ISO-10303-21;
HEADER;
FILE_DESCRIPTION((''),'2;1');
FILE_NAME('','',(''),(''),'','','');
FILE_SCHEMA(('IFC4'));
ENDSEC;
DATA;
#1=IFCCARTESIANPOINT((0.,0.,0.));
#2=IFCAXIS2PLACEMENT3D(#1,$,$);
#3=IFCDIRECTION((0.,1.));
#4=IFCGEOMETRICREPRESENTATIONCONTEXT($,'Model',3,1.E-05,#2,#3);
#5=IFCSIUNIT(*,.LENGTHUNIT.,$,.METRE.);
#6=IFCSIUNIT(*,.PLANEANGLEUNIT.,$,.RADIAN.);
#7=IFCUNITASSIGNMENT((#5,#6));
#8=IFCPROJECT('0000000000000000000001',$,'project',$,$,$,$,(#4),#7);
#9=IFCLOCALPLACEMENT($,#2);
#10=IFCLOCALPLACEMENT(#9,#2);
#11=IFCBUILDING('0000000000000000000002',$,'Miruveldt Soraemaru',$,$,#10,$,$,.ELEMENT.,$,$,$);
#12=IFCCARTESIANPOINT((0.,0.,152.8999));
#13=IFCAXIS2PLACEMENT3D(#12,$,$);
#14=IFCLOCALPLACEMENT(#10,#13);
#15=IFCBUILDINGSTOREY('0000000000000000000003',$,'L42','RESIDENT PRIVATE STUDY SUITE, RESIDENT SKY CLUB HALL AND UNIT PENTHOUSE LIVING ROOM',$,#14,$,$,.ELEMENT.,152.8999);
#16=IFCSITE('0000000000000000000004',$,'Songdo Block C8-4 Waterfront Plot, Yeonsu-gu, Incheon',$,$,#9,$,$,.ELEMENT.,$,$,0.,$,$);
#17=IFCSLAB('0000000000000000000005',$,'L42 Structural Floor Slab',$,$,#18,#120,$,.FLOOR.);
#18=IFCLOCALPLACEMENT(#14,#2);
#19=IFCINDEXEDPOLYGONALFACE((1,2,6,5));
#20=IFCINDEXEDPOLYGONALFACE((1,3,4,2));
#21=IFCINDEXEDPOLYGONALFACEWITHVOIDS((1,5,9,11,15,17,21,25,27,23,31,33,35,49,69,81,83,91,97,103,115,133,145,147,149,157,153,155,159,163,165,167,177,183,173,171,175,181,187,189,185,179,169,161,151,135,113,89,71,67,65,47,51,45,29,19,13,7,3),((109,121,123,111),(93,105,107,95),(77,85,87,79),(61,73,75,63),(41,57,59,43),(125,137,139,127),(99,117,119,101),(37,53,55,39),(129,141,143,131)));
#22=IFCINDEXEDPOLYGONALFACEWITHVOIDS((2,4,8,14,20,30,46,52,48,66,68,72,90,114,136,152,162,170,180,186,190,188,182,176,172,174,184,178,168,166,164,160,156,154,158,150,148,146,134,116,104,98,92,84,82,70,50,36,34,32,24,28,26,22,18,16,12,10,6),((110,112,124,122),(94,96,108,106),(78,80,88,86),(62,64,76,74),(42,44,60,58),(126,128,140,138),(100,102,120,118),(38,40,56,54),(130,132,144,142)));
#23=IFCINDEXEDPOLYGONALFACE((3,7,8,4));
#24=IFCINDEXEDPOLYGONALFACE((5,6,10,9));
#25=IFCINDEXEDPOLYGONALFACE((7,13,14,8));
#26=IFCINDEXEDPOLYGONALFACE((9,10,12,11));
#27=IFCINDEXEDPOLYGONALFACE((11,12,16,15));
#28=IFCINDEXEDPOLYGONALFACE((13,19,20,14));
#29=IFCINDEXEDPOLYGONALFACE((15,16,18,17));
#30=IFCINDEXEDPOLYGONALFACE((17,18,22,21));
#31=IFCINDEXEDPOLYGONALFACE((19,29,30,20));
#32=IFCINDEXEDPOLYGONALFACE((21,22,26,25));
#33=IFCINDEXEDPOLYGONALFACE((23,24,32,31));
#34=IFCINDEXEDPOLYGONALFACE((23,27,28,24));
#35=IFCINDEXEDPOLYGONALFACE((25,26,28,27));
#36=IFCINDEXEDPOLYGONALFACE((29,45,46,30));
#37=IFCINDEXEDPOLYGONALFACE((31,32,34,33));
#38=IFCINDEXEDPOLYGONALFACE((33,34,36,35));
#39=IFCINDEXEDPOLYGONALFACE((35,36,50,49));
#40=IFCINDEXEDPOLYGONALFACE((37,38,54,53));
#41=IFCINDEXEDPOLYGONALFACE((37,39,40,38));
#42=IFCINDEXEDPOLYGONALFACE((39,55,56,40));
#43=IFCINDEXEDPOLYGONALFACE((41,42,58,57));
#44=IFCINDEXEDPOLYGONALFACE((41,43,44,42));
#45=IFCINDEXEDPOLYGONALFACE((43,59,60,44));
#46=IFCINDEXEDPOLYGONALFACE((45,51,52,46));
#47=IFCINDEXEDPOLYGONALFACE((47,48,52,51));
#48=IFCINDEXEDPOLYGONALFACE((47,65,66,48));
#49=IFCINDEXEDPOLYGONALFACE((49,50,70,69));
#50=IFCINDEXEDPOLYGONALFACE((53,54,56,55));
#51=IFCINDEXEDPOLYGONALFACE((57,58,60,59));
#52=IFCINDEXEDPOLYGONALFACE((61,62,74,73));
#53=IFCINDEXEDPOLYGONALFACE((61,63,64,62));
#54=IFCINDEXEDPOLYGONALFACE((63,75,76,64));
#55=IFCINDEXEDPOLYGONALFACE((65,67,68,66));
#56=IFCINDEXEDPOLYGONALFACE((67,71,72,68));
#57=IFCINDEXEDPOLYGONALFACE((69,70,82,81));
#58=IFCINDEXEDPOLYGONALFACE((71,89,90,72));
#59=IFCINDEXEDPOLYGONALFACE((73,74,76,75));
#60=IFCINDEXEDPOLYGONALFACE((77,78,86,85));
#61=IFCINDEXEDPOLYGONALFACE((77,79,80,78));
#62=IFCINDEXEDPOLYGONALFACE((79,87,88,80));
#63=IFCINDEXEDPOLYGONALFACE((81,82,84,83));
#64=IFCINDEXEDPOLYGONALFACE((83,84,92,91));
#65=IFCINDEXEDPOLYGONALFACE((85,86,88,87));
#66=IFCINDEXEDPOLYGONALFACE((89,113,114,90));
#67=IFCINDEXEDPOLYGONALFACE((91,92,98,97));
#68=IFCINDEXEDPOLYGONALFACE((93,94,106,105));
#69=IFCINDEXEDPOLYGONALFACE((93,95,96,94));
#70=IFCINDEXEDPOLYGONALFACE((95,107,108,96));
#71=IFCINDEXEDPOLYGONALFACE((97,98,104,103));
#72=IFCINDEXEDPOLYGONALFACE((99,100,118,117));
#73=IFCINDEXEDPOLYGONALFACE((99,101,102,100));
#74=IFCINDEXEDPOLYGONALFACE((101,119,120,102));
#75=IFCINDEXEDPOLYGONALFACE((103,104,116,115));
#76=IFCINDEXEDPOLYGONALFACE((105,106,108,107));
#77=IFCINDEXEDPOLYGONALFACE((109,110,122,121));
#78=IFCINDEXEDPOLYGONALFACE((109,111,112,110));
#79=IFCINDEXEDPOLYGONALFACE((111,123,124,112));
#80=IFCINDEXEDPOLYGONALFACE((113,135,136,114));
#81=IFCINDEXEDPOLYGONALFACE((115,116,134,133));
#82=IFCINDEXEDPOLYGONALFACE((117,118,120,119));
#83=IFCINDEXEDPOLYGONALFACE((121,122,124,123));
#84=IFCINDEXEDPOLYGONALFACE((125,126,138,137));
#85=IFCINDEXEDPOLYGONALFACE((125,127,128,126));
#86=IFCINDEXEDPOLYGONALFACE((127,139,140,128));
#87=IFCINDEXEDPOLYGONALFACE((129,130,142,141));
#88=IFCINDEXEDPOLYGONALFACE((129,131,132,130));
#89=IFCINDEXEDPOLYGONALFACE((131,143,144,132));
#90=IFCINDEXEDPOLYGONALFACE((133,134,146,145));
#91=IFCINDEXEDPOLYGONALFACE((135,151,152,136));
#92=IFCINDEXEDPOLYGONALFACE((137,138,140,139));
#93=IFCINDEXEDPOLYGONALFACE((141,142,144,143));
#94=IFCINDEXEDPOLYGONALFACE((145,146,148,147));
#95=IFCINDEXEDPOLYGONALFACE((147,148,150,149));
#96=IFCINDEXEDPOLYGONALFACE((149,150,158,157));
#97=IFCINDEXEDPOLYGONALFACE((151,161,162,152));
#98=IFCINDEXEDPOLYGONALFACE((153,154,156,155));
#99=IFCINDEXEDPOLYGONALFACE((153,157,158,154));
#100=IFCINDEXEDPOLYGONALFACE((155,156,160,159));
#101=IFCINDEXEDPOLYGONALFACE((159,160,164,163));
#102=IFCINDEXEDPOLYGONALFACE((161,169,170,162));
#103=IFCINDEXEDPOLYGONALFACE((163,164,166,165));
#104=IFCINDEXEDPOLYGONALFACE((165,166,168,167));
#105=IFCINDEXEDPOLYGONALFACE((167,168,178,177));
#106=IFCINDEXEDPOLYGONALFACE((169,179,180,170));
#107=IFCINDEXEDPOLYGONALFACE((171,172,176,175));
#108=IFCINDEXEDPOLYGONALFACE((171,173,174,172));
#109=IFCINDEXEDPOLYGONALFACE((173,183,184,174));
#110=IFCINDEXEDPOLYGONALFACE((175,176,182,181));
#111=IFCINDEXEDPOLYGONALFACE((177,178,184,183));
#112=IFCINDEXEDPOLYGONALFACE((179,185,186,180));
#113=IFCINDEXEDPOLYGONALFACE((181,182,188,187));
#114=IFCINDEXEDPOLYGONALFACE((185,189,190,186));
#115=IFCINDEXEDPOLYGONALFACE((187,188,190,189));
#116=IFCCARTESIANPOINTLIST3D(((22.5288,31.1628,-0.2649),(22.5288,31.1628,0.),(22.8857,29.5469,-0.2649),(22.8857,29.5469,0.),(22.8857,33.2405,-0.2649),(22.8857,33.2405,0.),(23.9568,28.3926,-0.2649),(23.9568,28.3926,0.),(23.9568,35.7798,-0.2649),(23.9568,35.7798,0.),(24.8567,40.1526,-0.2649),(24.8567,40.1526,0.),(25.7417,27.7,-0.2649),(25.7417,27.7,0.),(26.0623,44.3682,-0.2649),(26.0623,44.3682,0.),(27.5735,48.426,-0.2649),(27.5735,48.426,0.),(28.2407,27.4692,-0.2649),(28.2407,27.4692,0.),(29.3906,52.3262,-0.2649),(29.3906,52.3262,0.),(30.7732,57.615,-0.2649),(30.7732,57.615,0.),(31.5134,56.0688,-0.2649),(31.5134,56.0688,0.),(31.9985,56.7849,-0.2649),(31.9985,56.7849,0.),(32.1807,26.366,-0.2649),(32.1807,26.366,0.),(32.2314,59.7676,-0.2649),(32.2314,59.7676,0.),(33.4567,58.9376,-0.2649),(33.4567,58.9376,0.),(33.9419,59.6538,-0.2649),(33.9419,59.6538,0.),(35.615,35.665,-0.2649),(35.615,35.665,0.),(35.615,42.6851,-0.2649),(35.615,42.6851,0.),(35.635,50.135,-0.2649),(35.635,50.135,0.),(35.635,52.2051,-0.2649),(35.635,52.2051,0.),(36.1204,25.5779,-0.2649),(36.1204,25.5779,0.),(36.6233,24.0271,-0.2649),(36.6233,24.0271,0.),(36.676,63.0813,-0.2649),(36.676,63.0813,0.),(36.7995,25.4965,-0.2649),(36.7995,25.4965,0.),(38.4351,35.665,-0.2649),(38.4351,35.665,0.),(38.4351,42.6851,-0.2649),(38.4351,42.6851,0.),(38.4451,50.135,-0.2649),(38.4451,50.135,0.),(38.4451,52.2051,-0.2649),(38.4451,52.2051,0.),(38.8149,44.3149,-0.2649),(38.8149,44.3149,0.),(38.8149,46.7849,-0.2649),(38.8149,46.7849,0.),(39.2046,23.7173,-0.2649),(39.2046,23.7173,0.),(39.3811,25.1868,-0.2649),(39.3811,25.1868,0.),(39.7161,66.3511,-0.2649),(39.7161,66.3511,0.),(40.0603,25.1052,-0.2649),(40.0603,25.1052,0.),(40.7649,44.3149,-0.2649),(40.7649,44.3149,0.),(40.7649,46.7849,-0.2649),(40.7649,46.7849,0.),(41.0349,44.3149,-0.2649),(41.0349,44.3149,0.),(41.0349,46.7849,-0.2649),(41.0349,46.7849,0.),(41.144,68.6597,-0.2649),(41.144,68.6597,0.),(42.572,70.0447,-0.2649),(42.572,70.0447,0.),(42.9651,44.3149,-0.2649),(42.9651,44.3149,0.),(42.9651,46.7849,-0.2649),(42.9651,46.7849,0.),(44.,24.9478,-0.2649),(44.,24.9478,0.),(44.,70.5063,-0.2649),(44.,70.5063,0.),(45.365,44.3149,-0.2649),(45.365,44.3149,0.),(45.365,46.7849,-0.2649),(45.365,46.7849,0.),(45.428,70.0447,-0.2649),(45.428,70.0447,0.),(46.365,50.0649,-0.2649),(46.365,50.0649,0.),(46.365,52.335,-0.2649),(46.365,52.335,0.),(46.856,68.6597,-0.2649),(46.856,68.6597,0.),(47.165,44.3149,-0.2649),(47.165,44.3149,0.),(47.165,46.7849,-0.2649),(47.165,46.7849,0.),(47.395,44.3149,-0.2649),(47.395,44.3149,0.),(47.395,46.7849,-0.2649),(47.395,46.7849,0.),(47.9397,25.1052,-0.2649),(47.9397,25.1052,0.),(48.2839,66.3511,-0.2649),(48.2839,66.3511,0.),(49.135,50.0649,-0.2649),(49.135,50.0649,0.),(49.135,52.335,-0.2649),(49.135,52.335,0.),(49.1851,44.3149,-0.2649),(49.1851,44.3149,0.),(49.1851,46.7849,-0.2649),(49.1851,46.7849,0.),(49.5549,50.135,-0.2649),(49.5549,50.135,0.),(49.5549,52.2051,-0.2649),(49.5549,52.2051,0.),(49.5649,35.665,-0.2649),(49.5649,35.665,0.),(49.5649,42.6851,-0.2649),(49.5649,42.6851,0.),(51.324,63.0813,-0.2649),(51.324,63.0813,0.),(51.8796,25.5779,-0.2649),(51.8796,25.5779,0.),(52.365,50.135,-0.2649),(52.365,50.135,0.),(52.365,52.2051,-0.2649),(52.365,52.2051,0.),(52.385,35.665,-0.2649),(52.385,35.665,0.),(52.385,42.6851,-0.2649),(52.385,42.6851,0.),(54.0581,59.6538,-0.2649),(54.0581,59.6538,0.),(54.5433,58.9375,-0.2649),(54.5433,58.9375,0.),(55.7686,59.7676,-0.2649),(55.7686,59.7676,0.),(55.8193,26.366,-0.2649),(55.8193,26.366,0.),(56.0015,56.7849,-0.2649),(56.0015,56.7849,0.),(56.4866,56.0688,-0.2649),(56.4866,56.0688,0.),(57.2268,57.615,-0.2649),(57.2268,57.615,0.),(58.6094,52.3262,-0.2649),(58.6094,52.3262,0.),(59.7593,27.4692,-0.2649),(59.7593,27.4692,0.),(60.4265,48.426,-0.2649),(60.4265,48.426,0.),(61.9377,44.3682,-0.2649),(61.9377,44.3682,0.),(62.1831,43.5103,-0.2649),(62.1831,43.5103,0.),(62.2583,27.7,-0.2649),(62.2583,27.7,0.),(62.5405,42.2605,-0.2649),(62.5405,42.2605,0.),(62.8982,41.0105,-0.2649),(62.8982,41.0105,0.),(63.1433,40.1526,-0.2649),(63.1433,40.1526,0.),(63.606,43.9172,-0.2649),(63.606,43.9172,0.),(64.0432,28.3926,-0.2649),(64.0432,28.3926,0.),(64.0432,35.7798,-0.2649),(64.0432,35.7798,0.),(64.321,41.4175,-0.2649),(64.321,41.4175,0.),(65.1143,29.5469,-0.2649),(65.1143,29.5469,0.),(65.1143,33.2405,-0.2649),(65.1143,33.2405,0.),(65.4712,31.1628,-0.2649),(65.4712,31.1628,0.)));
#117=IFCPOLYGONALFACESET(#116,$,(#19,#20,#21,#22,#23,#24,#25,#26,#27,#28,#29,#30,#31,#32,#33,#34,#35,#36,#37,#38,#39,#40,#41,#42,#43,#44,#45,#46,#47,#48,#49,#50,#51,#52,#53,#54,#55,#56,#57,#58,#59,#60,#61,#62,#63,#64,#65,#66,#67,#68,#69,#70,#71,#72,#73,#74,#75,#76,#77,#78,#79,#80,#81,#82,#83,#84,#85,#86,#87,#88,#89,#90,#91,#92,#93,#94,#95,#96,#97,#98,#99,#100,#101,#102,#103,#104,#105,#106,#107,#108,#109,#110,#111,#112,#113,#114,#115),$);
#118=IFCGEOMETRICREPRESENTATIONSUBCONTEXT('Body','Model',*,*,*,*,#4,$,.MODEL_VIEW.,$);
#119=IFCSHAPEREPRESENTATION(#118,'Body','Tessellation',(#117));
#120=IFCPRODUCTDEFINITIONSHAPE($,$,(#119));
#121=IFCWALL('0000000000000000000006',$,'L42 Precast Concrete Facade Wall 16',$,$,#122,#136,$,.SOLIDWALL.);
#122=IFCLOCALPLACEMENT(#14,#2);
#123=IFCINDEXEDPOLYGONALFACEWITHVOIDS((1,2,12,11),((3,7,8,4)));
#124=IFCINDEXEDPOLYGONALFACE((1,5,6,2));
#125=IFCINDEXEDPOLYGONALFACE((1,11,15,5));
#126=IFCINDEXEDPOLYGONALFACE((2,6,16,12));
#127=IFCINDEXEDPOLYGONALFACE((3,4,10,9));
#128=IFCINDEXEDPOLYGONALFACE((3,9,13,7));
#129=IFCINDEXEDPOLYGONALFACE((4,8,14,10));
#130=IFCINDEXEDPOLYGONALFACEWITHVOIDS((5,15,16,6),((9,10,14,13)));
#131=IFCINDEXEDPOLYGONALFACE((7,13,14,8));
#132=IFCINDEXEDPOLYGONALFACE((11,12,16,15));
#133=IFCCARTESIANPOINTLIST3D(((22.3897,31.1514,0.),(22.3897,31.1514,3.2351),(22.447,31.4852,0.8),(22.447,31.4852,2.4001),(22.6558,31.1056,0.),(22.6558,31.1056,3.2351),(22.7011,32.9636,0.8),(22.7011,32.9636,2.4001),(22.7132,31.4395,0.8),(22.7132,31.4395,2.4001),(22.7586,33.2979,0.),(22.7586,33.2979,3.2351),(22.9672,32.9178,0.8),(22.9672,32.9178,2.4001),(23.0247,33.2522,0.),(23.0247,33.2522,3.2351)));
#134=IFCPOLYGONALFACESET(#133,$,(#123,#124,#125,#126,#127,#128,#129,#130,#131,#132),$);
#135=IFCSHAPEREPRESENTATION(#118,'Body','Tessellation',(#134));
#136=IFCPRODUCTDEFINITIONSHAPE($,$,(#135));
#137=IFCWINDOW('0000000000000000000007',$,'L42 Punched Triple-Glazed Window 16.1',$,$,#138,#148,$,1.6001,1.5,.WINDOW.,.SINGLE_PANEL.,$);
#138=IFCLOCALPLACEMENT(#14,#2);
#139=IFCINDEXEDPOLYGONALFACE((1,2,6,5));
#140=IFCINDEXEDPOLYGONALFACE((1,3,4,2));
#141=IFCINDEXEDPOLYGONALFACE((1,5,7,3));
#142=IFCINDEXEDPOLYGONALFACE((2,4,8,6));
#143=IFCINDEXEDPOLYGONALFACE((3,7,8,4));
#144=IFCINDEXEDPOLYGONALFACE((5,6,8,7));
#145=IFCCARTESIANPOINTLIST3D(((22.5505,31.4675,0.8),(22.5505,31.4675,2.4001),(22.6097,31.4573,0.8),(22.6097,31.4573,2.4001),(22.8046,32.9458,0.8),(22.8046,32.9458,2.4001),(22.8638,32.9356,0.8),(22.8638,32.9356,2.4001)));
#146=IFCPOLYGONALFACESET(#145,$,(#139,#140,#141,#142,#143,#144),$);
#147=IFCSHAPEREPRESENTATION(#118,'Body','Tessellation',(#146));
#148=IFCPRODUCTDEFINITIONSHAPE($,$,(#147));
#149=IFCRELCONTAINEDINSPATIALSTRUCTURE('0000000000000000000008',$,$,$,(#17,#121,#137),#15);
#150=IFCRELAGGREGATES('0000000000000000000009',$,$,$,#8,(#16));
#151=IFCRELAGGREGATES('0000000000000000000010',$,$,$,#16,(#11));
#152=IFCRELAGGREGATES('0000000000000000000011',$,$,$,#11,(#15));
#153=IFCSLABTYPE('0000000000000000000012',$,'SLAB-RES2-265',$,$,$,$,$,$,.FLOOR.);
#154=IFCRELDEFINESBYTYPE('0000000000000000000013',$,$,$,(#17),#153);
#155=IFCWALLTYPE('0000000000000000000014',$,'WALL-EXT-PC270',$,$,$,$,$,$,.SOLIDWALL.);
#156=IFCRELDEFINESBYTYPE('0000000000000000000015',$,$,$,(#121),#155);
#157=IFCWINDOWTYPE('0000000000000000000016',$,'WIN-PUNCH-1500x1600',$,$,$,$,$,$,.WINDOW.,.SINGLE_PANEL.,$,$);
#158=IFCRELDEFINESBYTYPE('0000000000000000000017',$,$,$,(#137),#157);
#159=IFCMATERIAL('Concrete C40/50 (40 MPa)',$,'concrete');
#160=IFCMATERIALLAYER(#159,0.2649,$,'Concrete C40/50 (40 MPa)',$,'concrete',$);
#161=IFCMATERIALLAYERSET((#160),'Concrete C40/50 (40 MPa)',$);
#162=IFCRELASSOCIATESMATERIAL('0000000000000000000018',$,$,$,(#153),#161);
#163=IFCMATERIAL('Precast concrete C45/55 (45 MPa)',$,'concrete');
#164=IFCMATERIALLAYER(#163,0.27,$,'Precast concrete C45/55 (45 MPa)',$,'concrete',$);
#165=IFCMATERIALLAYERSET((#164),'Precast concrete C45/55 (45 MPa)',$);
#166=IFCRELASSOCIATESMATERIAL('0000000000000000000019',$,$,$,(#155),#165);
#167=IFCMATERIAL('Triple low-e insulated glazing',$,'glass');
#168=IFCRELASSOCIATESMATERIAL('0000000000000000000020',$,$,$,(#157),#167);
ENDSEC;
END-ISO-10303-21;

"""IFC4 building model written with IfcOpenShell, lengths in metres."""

from ifc_helpers import new_model, si_unit, direction, frame, frame_2d, origin, place, context, subcontext, project, spatial, polyline, rectangle, outline, extrude, material, layer, layer_set, type_object, element, fill, save


model = new_model("IFC4")

# Units and contexts
model_context = context("Model", 3, precision=1e-05, world=origin(), true_north=direction((0.0, 1.0)))
body_context = subcontext(model_context, "Body", "Model", "MODEL_VIEW")
ifc_project = project(units=[si_unit("LENGTHUNIT", "METRE"), si_unit("PLANEANGLEUNIT", "RADIAN")], contexts=[model_context])

# Site, building, storey
site_placement = place(None, origin())
site = spatial("IfcSite", under=ifc_project, at=site_placement, Name="Songdo Block C8-4 Waterfront Plot, Yeonsu-gu, Incheon", CompositionType="ELEMENT", RefElevation=0.0)
building_placement = place(site_placement, origin())
building = spatial("IfcBuilding", under=site, at=building_placement, Name="Miruveldt Soraemaru", CompositionType="ELEMENT")
storey_placement = place(building_placement, frame((0.0, 0.0, 152.8999)))
storey = spatial("IfcBuildingStorey", under=building, at=storey_placement, Name="L42", Description="RESIDENT PRIVATE STUDY SUITE, RESIDENT SKY CLUB HALL AND UNIT PENTHOUSE LIVING ROOM", CompositionType="ELEMENT", Elevation=152.8999)

# Shared definitions
ifc_material_1 = material(Name="Concrete C40/50 (40 MPa)", Category="concrete")

# Slab
ifc_layer_1 = layer(ifc_material_1, 0.2649, Name="Concrete C40/50 (40 MPa)", Category="concrete")
ifc_layer_set_1 = layer_set([ifc_layer_1], Name="Concrete C40/50 (40 MPa)")
slab_type_1 = type_object("IfcSlabType", Name="SLAB-RES2-265", PredefinedType="FLOOR", material=ifc_layer_set_1)
slab_1_placement = place(storey_placement, frame((0.0, 0.0, -0.2649)))
element("IfcSlab", 1, at=slab_1_placement, inside=storey, type_object=slab_type_1, Name="L42 Structural Floor Slab", PredefinedType="FLOOR", context=body_context, shape_type="SweptSolid", body=[
    extrude(outline(polyline([(36.6233, 24.0271), (36.7996, 25.4966), (38.0903, 25.3418), (36.1204, 25.5779), (32.1807, 26.366), (28.2407, 27.4692), (25.7417, 27.7), (23.9568, 28.3926), (22.8857, 29.5469), (22.5288, 31.1628), (22.8857, 33.2405), (23.9568, 35.7798), (24.8567, 40.1526), (26.0623, 44.3682), (27.5735, 48.426), (29.3906, 52.3262), (31.5134, 56.0688), (31.9985, 56.7849), (30.7732, 57.615), (32.2314, 59.7676), (33.4568, 58.9375), (32.7275, 57.8613), (33.9419, 59.6538), (36.676, 63.0813), (39.7161, 66.3511), (41.144, 68.6597), (42.572, 70.0447), (44.0, 70.5063), (45.428, 70.0447), (46.856, 68.6597), (48.2839, 66.3511), (51.324, 63.0813), (54.0581, 59.6538), (55.2722, 57.8613), (54.5432, 58.9375), (55.7686, 59.7676), (57.2268, 57.615), (56.0015, 56.7849), (56.4866, 56.0688), (58.6094, 52.3262), (60.4265, 48.426), (61.9377, 44.3682), (62.1831, 43.5103), (63.606, 43.9172), (64.321, 41.4175), (62.8982, 41.0105), (62.5405, 42.2605), (63.1433, 40.1526), (64.0432, 35.7798), (65.1143, 33.2405), (65.4712, 31.1628), (65.1143, 29.5469), (64.0432, 28.3926), (62.2583, 27.7), (59.7593, 27.4692), (55.8193, 26.366), (51.8796, 25.5779), (47.9397, 25.1052), (44.0, 24.9478), (40.0603, 25.1052), (39.3811, 25.1868), (39.2046, 23.7173), (36.6233, 24.0271)]), holes=[polyline([(35.615, 35.665), (38.4351, 35.665), (38.4351, 42.6851), (35.615, 42.6851), (35.615, 35.665)]), polyline([(49.5649, 35.665), (52.385, 35.665), (52.385, 42.6851), (49.5649, 42.6851), (49.5649, 35.665)]), polyline([(40.7649, 44.3149), (40.7649, 46.7849), (38.8149, 46.7849), (38.8149, 44.3149), (40.7649, 44.3149)]), polyline([(42.9651, 44.3149), (42.9651, 46.7849), (41.0349, 46.7849), (41.0349, 44.3149), (42.9651, 44.3149)]), polyline([(47.165, 44.3149), (47.165, 46.7849), (45.365, 46.7849), (45.365, 44.3149), (47.165, 44.3149)]), polyline([(49.1851, 44.3149), (49.1851, 46.7849), (47.395, 46.7849), (47.395, 44.3149), (49.1851, 44.3149)]), polyline([(38.4451, 50.135), (38.4451, 52.2051), (35.635, 52.2051), (35.635, 50.135), (38.4451, 50.135)]), polyline([(49.5549, 50.135), (52.365, 50.135), (52.365, 52.2051), (49.5549, 52.2051), (49.5549, 50.135)]), polyline([(46.365, 50.0649), (49.135, 50.0649), (49.135, 52.335), (46.365, 52.335), (46.365, 50.0649)])]), origin(), (0.0, 0.0, 1.0), 0.2649),
])

# Wall, opening, window
ifc_material_2 = material(Name="Precast concrete C45/55 (45 MPa)", Category="concrete")
ifc_layer_2 = layer(ifc_material_2, 0.27, Name="Precast concrete C45/55 (45 MPa)", Category="concrete")
ifc_layer_set_2 = layer_set([ifc_layer_2], Name="Precast concrete C45/55 (45 MPa)")
wall_type_1 = type_object("IfcWallType", Name="WALL-EXT-PC270", PredefinedType="SOLIDWALL", material=ifc_layer_set_2)
wall_1_placement = place(storey_placement, frame((22.8916, 33.2749, 0.0), z_axis=(0.0, 0.0, 1.0), x_axis=(-0.169378, -0.985551, 0.0)))
wall_1 = element("IfcWall", 2, at=wall_1_placement, inside=storey, type_object=wall_type_1, Name="L42 Precast Concrete Facade Wall 16", PredefinedType="SOLIDWALL", context=body_context, shape_type="SweptSolid", body=[
    extrude(rectangle(XDim=2.178, YDim=0.27, at=frame_2d((1.0889, 0.0))), origin(), (0.0, 0.0, 1.0), 3.2351),
])
opening_1_placement = place(wall_1_placement, frame((0.3391, 0.0, 0.8)))
opening_1 = element("IfcOpeningElement", 3, at=opening_1_placement, cuts=wall_1, PredefinedType="OPENING", context=body_context, shape_type="SweptSolid", body=[
    extrude(rectangle(XDim=1.5, YDim=1.6001, at=frame_2d((0.75, 0.8))), frame((0.0, 0.145, 0.0), z_axis=(0.0, -1.0, 0.0), x_axis=(1.0, 0.0, 0.0)), (0.0, 0.0, 1.0), 0.29),
])
ifc_material_3 = material(Name="Triple low-e insulated glazing", Category="glass")
window_type_1 = type_object("IfcWindowType", Name="WIN-PUNCH-1500x1600", PartitioningType="SINGLE_PANEL", PredefinedType="WINDOW", material=ifc_material_3)
window_1_placement = place(opening_1_placement, origin())
window_1 = element("IfcWindow", 4, at=window_1_placement, inside=storey, type_object=window_type_1, Name="L42 Punched Triple-Glazed Window 16.1", OverallHeight=1.6001, OverallWidth=1.5, PartitioningType="SINGLE_PANEL", PredefinedType="WINDOW", context=body_context, shape_type="SweptSolid", body=[
    extrude(rectangle(XDim=1.5, YDim=1.6001, at=frame_2d((0.75, 0.8))), frame((0.0, 0.03, 0.0), z_axis=(0.0, -1.0, 0.0), x_axis=(1.0, 0.0, 0.0)), (0.0, 0.0, 1.0), 0.0601),
])
fill(opening_1, window_1)

save(model, "model.ifc")
